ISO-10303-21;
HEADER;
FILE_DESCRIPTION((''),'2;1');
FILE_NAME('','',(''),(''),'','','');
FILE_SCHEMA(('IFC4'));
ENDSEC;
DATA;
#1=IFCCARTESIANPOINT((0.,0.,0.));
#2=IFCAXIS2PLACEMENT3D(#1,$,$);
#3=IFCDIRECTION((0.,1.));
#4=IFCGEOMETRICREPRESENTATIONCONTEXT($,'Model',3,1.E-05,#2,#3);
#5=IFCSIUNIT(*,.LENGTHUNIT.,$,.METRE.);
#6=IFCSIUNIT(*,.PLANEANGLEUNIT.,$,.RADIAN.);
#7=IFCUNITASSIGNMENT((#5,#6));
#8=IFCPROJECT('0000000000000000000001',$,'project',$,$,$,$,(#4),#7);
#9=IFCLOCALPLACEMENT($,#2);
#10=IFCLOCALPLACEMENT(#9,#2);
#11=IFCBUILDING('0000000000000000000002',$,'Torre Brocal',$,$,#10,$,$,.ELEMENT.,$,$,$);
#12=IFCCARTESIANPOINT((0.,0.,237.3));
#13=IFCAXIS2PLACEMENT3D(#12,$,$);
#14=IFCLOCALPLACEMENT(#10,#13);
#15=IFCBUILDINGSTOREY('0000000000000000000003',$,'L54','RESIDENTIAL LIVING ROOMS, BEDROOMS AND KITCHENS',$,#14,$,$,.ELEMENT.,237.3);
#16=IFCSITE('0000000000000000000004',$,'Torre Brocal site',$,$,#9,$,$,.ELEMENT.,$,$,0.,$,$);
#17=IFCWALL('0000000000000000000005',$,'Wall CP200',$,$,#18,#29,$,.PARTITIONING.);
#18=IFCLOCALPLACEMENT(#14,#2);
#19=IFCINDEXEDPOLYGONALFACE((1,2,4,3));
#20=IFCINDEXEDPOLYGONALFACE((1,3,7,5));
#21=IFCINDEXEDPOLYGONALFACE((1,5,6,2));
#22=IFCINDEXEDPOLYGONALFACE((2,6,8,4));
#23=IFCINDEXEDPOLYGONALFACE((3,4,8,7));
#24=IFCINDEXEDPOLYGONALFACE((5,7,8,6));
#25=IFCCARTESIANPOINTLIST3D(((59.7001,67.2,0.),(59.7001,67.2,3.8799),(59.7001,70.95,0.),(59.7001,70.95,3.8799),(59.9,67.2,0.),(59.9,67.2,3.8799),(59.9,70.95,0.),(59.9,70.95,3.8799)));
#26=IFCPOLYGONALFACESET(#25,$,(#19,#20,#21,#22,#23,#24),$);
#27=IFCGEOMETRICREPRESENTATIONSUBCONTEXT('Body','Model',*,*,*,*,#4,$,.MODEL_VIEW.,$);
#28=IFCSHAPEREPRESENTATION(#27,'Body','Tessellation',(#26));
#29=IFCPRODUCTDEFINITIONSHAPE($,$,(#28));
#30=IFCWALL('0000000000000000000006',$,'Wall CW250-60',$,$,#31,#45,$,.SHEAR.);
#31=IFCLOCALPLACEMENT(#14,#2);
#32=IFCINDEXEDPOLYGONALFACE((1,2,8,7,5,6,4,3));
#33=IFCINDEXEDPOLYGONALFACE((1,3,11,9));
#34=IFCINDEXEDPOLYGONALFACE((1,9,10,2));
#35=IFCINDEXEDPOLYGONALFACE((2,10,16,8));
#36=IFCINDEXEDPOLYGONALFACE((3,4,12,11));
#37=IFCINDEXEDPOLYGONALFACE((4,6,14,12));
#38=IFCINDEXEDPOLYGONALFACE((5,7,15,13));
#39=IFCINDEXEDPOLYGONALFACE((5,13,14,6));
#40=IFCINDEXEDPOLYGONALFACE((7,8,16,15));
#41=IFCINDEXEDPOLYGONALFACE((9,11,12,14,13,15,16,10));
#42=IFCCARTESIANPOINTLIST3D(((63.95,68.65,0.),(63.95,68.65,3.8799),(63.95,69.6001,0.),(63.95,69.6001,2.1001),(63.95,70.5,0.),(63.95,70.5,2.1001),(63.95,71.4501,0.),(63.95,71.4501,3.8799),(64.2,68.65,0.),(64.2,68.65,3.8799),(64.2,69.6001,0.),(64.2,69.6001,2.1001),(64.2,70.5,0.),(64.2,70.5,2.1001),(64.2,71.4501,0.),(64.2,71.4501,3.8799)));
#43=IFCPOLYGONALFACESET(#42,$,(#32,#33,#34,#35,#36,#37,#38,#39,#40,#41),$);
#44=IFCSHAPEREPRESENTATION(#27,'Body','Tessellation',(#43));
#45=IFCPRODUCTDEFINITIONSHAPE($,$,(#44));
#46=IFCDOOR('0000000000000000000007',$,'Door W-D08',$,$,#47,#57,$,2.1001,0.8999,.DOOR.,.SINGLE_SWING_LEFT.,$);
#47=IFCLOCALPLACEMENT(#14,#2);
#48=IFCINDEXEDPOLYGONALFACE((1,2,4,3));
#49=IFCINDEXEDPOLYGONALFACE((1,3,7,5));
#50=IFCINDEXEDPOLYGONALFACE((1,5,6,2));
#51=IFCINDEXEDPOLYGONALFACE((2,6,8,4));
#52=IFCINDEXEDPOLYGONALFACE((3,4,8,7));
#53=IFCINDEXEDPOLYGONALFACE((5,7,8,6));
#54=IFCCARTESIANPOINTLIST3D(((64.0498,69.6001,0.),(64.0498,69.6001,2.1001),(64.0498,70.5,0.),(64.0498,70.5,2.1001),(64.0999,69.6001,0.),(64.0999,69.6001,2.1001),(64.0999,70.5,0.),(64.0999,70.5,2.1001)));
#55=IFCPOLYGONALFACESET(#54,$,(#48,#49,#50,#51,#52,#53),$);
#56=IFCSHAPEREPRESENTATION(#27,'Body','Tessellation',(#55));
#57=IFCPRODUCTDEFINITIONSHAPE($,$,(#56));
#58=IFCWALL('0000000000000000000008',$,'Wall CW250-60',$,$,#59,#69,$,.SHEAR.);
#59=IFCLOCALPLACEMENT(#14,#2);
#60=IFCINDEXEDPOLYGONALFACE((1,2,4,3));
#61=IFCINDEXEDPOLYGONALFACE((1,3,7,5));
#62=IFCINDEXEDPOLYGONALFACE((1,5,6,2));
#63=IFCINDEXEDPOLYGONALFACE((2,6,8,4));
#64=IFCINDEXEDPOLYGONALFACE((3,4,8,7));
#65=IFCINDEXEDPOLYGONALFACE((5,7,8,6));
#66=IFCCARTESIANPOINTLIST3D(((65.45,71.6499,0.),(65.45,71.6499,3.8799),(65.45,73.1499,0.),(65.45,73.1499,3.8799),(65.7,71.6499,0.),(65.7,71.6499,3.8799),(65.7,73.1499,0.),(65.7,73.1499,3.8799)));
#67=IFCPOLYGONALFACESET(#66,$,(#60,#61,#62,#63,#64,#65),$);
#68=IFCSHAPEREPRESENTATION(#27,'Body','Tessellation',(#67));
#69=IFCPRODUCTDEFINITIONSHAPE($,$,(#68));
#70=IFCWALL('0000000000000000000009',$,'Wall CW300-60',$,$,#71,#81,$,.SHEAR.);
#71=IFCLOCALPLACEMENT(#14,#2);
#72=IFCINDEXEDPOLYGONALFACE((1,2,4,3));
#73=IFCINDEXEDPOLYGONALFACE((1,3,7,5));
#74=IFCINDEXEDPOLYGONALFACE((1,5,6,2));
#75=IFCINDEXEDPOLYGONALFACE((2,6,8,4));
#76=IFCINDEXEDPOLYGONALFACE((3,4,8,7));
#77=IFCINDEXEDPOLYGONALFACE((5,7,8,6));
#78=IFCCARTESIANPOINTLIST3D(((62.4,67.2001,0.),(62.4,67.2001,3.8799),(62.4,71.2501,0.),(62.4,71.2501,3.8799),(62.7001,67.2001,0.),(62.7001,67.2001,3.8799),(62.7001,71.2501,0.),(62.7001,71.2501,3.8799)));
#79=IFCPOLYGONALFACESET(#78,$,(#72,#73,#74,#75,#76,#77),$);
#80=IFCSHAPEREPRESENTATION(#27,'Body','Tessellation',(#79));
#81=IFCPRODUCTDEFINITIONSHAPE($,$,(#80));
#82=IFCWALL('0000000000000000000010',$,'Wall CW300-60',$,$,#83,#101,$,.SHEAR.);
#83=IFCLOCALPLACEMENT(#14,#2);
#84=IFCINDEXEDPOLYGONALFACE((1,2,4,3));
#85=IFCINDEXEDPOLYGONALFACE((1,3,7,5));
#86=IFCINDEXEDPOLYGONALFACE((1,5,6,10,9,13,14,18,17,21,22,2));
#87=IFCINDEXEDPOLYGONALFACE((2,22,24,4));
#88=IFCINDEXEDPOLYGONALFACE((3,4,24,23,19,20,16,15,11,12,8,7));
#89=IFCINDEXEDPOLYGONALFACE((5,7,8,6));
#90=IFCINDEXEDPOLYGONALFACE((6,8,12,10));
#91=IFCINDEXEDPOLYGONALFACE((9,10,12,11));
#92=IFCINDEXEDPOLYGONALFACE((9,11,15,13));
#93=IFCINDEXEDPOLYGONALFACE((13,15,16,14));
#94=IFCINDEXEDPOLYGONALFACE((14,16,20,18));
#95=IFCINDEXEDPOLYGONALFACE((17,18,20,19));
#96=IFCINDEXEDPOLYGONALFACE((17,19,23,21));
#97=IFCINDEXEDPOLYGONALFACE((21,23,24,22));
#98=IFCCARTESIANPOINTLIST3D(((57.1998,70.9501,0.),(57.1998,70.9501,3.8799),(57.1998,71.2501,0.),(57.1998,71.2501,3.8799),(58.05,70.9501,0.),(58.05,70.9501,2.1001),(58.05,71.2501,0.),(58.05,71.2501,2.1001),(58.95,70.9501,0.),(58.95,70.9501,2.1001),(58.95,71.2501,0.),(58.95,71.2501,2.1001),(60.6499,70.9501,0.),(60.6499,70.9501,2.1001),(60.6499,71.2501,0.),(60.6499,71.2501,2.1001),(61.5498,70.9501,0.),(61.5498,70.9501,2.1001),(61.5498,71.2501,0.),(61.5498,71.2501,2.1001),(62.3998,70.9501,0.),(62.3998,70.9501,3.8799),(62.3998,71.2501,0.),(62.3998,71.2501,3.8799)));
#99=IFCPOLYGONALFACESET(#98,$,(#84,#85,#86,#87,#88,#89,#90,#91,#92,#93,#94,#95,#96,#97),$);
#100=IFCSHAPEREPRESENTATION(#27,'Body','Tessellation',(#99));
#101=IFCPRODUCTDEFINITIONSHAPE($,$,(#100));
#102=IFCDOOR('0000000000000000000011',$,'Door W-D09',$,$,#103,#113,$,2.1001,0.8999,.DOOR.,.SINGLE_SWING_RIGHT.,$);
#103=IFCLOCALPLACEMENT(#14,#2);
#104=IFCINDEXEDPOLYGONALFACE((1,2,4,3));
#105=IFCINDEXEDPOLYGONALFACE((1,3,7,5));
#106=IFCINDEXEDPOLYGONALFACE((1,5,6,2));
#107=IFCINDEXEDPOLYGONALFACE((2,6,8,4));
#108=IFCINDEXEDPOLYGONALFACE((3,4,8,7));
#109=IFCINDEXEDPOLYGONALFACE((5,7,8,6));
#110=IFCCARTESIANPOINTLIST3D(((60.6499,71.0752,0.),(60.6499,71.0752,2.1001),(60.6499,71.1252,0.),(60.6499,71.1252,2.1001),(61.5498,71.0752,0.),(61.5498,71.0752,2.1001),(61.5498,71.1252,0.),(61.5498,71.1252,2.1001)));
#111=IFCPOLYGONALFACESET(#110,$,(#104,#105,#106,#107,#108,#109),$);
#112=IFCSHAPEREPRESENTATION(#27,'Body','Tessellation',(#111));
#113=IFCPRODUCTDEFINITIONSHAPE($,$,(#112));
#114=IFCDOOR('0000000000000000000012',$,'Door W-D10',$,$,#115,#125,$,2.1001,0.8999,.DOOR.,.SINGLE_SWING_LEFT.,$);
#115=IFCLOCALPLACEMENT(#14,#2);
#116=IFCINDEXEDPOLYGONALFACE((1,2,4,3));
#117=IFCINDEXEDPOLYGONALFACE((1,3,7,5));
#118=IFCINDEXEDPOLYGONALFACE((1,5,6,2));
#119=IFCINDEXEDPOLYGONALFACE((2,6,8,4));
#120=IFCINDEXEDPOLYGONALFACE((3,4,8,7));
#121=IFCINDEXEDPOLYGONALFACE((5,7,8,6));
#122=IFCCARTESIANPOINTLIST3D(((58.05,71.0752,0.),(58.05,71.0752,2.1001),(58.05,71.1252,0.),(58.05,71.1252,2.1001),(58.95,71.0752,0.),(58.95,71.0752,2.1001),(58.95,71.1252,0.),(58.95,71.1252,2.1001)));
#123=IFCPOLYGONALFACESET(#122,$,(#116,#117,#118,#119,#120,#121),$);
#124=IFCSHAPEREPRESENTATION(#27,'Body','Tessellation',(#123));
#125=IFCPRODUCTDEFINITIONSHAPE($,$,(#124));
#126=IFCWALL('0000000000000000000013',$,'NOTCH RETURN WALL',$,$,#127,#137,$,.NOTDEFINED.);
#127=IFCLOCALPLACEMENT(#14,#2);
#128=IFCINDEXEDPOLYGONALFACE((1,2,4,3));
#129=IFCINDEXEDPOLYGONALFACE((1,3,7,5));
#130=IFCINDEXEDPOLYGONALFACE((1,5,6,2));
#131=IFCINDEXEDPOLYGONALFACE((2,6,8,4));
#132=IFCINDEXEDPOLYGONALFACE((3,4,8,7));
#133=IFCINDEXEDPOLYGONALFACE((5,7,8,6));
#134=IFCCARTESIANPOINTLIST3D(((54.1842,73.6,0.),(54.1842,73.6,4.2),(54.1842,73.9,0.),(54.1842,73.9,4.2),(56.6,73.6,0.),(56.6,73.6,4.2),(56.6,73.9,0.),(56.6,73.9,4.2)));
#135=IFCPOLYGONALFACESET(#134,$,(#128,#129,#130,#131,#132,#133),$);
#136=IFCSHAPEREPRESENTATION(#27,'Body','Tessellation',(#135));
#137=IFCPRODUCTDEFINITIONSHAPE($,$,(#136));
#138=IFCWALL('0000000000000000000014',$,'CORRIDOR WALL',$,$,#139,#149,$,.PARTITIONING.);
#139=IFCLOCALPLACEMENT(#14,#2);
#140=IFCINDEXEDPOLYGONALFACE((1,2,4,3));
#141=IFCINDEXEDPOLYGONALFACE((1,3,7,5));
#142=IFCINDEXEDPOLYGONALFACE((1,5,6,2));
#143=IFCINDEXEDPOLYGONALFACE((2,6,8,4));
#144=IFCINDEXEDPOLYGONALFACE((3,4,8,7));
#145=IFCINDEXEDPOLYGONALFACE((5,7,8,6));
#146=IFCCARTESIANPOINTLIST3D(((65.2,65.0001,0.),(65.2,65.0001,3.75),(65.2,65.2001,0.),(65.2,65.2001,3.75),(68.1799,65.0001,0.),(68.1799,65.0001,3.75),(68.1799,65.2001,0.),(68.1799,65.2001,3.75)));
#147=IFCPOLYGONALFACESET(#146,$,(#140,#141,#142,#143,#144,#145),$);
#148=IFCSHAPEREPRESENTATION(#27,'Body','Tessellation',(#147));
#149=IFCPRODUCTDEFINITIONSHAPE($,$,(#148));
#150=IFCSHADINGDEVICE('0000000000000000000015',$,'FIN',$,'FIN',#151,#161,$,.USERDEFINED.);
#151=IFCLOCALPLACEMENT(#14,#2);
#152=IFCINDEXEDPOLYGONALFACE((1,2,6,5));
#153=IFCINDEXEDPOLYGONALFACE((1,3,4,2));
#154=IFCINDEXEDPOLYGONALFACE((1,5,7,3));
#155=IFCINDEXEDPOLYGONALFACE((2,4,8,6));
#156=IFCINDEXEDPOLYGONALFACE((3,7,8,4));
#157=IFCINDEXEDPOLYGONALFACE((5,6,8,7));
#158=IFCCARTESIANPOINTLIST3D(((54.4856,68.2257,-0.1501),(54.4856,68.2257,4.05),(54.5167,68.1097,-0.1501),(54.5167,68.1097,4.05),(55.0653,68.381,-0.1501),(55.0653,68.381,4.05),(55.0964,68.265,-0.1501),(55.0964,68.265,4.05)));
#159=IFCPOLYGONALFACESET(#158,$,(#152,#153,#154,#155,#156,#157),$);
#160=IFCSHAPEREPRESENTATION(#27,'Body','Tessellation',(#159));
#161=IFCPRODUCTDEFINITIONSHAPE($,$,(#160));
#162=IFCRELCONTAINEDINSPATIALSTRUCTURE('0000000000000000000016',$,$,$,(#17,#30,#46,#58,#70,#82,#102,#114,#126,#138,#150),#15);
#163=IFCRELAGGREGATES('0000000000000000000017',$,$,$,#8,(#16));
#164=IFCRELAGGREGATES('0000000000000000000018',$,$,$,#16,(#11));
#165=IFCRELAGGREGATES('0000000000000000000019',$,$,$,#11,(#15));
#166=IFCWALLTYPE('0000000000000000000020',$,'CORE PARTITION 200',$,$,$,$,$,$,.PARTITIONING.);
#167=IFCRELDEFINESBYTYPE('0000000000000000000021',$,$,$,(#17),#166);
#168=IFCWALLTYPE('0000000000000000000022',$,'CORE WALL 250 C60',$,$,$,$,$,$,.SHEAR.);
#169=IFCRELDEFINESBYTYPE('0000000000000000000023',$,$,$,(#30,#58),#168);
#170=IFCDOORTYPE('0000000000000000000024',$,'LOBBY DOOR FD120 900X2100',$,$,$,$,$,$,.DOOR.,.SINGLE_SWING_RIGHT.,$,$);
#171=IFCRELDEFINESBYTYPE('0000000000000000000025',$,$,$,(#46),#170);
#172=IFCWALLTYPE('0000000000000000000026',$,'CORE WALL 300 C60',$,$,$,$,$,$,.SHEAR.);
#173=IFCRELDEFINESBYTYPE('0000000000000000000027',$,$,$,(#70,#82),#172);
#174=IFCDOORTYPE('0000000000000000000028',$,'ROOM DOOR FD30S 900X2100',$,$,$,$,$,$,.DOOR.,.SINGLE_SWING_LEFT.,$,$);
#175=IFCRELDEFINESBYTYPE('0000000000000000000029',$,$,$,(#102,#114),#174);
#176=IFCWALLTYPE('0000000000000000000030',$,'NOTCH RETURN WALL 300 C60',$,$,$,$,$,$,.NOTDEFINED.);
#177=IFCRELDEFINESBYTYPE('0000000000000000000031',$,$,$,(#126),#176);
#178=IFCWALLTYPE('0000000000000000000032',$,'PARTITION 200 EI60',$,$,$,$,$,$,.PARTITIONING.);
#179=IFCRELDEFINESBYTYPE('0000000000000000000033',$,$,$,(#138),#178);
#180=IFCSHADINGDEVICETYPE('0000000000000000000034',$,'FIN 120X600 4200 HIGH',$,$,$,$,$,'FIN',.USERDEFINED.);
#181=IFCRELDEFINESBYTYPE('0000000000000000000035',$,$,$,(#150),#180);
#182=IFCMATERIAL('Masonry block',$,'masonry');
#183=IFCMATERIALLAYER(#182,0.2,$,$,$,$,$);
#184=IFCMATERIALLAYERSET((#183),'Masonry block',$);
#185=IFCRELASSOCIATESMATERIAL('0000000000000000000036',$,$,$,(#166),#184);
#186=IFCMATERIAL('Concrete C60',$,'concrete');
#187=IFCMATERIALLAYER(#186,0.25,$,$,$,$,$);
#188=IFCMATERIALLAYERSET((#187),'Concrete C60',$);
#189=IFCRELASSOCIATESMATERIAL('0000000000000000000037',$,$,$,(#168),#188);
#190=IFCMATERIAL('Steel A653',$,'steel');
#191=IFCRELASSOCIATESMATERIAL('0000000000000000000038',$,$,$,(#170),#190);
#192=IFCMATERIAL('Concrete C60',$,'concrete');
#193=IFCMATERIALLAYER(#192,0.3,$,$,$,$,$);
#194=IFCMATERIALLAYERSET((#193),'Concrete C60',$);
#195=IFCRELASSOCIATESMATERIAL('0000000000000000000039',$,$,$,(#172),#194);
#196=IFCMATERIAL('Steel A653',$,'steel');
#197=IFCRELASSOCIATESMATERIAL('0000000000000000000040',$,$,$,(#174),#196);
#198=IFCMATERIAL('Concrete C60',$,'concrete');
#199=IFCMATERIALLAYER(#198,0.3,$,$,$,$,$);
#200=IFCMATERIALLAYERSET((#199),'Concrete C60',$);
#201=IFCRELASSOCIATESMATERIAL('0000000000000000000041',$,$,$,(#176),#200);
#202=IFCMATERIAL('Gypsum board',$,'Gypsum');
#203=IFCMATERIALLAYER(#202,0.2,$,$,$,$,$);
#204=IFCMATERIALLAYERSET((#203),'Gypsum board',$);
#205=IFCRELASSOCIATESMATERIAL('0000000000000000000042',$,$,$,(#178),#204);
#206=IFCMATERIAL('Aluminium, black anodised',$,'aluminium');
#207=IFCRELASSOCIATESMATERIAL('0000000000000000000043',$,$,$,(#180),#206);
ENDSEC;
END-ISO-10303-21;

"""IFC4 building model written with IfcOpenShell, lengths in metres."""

from ifc_helpers import new_model, si_unit, direction, frame, frame_2d, origin, origin_2d, place, context, subcontext, project, spatial, rectangle, extrude, material, layer, layer_set, material_profile, profile_set, type_object, element, fill, save


model = new_model("IFC4")

# Units and contexts
model_context = context("Model", 3, precision=1e-05, world=origin(), true_north=direction((0.0, 1.0)))
body_context = subcontext(model_context, "Body", "Model", "MODEL_VIEW")
ifc_project = project(units=[si_unit("LENGTHUNIT", "METRE"), si_unit("PLANEANGLEUNIT", "RADIAN")], contexts=[model_context])

# Site, building, storey
site_placement = place(None, origin())
site = spatial("IfcSite", under=ifc_project, at=site_placement, Name="Torre Brocal site", CompositionType="ELEMENT", RefElevation=0.0)
building_placement = place(site_placement, origin())
building = spatial("IfcBuilding", under=site, at=building_placement, Name="Torre Brocal", CompositionType="ELEMENT")
storey_placement = place(building_placement, frame((0.0, 0.0, 237.3)))
storey = spatial("IfcBuildingStorey", under=building, at=storey_placement, Name="L54", Description="RESIDENTIAL LIVING ROOMS, BEDROOMS AND KITCHENS", CompositionType="ELEMENT", Elevation=237.3)

# Wall
ifc_material_1 = material(Name="Masonry block", Category="masonry")
ifc_layer_1 = layer(ifc_material_1, 0.2)
ifc_layer_set_1 = layer_set([ifc_layer_1], Name="Masonry block")
wall_type_1 = type_object("IfcWallType", Name="CORE PARTITION 200", PredefinedType="PARTITIONING", material=ifc_layer_set_1)
wall_1_placement = place(storey_placement, frame((59.8, 70.95, 0.0), z_axis=(0.0, 0.0, 1.0), x_axis=(0.0, -1.0, 0.0)))
element("IfcWall", 1, at=wall_1_placement, inside=storey, type_object=wall_type_1, Name="Wall CP200", PredefinedType="PARTITIONING", context=body_context, shape_type="SweptSolid", body=[
    extrude(rectangle(XDim=3.75, YDim=0.2, at=frame_2d((1.875, 0.0))), origin(), (0.0, 0.0, 1.0), 3.8799),
])

# Wall, opening, door
ifc_material_2 = material(Name="Concrete C60", Category="concrete")
ifc_layer_2 = layer(ifc_material_2, 0.25)
ifc_layer_set_2 = layer_set([ifc_layer_2], Name="Concrete C60")
wall_type_2 = type_object("IfcWallType", Name="CORE WALL 250 C60", PredefinedType="SHEAR", material=ifc_layer_set_2)
wall_2_placement = place(storey_placement, frame((64.075, 71.45, 0.0), z_axis=(0.0, 0.0, 1.0), x_axis=(0.0, -1.0, 0.0)))
wall_2 = element("IfcWall", 2, at=wall_2_placement, inside=storey, type_object=wall_type_2, Name="Wall CW250-60", PredefinedType="SHEAR", context=body_context, shape_type="SweptSolid", body=[
    extrude(rectangle(XDim=2.8, YDim=0.25, at=frame_2d((1.3999, 0.0))), origin(), (0.0, 0.0, 1.0), 3.8799),
])
opening_1_placement = place(wall_2_placement, frame((0.95, 0.0, 0.0)))
opening_1 = element("IfcOpeningElement", 3, at=opening_1_placement, cuts=wall_2, PredefinedType="OPENING", context=body_context, shape_type="SweptSolid", body=[
    extrude(rectangle(XDim=0.8999, YDim=2.1001, at=frame_2d((0.45, 1.05))), frame((0.0, 0.135, 0.0), z_axis=(0.0, -1.0, 0.0), x_axis=(1.0, 0.0, 0.0)), (0.0, 0.0, 1.0), 0.27),
])
ifc_material_3 = material(Name="Steel A653", Category="steel")
door_type_1 = type_object("IfcDoorType", Name="LOBBY DOOR FD120 900X2100", OperationType="SINGLE_SWING_RIGHT", PredefinedType="DOOR", material=ifc_material_3)
door_1_placement = place(opening_1_placement, origin())
door_1 = element("IfcDoor", 4, at=door_1_placement, inside=storey, type_object=door_type_1, Name="Door W-D08", OperationType="SINGLE_SWING_LEFT", OverallHeight=2.1001, OverallWidth=0.8999, PredefinedType="DOOR", context=body_context, shape_type="SweptSolid", body=[
    extrude(rectangle(XDim=0.8999, YDim=2.1001, at=frame_2d((0.45, 1.05))), frame((0.0, 0.0249, 0.0), z_axis=(0.0, -1.0, 0.0), x_axis=(1.0, 0.0, 0.0)), (0.0, 0.0, 1.0), 0.05),
])
fill(opening_1, door_1)

# Walls
wall_3_placement = place(storey_placement, frame((65.575, 73.1499, 0.0), z_axis=(0.0, 0.0, 1.0), x_axis=(0.0, -1.0, 0.0)))
element("IfcWall", 5, at=wall_3_placement, inside=storey, type_object=wall_type_2, Name="Wall CW250-60", PredefinedType="SHEAR", context=body_context, shape_type="SweptSolid", body=[
    extrude(rectangle(XDim=1.5, YDim=0.25, at=frame_2d((0.75, 0.0))), origin(), (0.0, 0.0, 1.0), 3.8799),
])
ifc_material_4 = material(Name="Concrete C60", Category="concrete")
ifc_layer_3 = layer(ifc_material_4, 0.3)
ifc_layer_set_3 = layer_set([ifc_layer_3], Name="Concrete C60")
wall_type_3 = type_object("IfcWallType", Name="CORE WALL 300 C60", PredefinedType="SHEAR", material=ifc_layer_set_3)
wall_4_placement = place(storey_placement, frame((62.55, 71.25, 0.0), z_axis=(0.0, 0.0, 1.0), x_axis=(0.0, -1.0, 0.0)))
element("IfcWall", 6, at=wall_4_placement, inside=storey, type_object=wall_type_3, Name="Wall CW300-60", PredefinedType="SHEAR", context=body_context, shape_type="SweptSolid", body=[
    extrude(rectangle(XDim=4.05, YDim=0.3, at=frame_2d((2.0249, 0.0))), origin(), (0.0, 0.0, 1.0), 3.8799),
])

# Wall, openings, doors
wall_5_placement = place(storey_placement, frame((62.3999, 71.1001, 0.0), z_axis=(0.0, 0.0, 1.0), x_axis=(-1.0, 0.0, 0.0)))
wall_5 = element("IfcWall", 7, at=wall_5_placement, inside=storey, type_object=wall_type_3, Name="Wall CW300-60", PredefinedType="SHEAR", context=body_context, shape_type="SweptSolid", body=[
    extrude(rectangle(XDim=5.2, YDim=0.3, at=frame_2d((2.6001, 0.0))), origin(), (0.0, 0.0, 1.0), 3.8799),
])
opening_2_placement = place(wall_5_placement, frame((0.8501, 0.0, 0.0)))
opening_2 = element("IfcOpeningElement", 8, at=opening_2_placement, cuts=wall_5, PredefinedType="OPENING", context=body_context, shape_type="SweptSolid", body=[
    extrude(rectangle(XDim=0.8999, YDim=2.1001, at=frame_2d((0.45, 1.05))), frame((0.0, 0.1599, 0.0), z_axis=(0.0, -1.0, 0.0), x_axis=(1.0, 0.0, 0.0)), (0.0, 0.0, 1.0), 0.3201),
])
opening_3_placement = place(wall_5_placement, frame((3.45, 0.0, 0.0)))
opening_3 = element("IfcOpeningElement", 9, at=opening_3_placement, cuts=wall_5, PredefinedType="OPENING", context=body_context, shape_type="SweptSolid", body=[
    extrude(rectangle(XDim=0.8999, YDim=2.1001, at=frame_2d((0.45, 1.05))), frame((0.0, 0.1599, 0.0), z_axis=(0.0, -1.0, 0.0), x_axis=(1.0, 0.0, 0.0)), (0.0, 0.0, 1.0), 0.3201),
])
ifc_material_5 = material(Name="Steel A653", Category="steel")
door_type_2 = type_object("IfcDoorType", Name="ROOM DOOR FD30S 900X2100", OperationType="SINGLE_SWING_LEFT", PredefinedType="DOOR", material=ifc_material_5)
door_2_placement = place(opening_2_placement, origin())
door_2 = element("IfcDoor", 10, at=door_2_placement, inside=storey, type_object=door_type_2, Name="Door W-D09", OperationType="SINGLE_SWING_RIGHT", OverallHeight=2.1001, OverallWidth=0.8999, PredefinedType="DOOR", context=body_context, shape_type="SweptSolid", body=[
    extrude(rectangle(XDim=0.8999, YDim=2.1001, at=frame_2d((0.45, 1.05))), frame((0.0, 0.0249, 0.0), z_axis=(0.0, -1.0, 0.0), x_axis=(1.0, 0.0, 0.0)), (0.0, 0.0, 1.0), 0.05),
])
fill(opening_2, door_2)
door_3_placement = place(opening_3_placement, origin())
door_3 = element("IfcDoor", 11, at=door_3_placement, inside=storey, type_object=door_type_2, Name="Door W-D10", OperationType="SINGLE_SWING_LEFT", OverallHeight=2.1001, OverallWidth=0.8999, PredefinedType="DOOR", context=body_context, shape_type="SweptSolid", body=[
    extrude(rectangle(XDim=0.8999, YDim=2.1001, at=frame_2d((0.45, 1.05))), frame((0.0, 0.0249, 0.0), z_axis=(0.0, -1.0, 0.0), x_axis=(1.0, 0.0, 0.0)), (0.0, 0.0, 1.0), 0.05),
])
fill(opening_3, door_3)

# Walls
ifc_material_6 = material(Name="Concrete C60", Category="concrete")
ifc_layer_4 = layer(ifc_material_6, 0.3)
ifc_layer_set_4 = layer_set([ifc_layer_4], Name="Concrete C60")
wall_type_4 = type_object("IfcWallType", Name="NOTCH RETURN WALL 300 C60", PredefinedType="NOTDEFINED", material=ifc_layer_set_4)
wall_6_placement = place(storey_placement, frame((56.6001, 73.75, 0.0), z_axis=(0.0, 0.0, 1.0), x_axis=(-1.0, 0.0, 0.0)))
element("IfcWall", 12, at=wall_6_placement, inside=storey, type_object=wall_type_4, Name="NOTCH RETURN WALL", PredefinedType="NOTDEFINED", context=body_context, shape_type="SweptSolid", body=[
    extrude(rectangle(XDim=2.4158, YDim=0.3, at=frame_2d((1.208, 0.0))), origin(), (0.0, 0.0, 1.0), 4.2),
])
ifc_material_7 = material(Name="Gypsum board", Category="Gypsum")
ifc_layer_5 = layer(ifc_material_7, 0.2)
ifc_layer_set_5 = layer_set([ifc_layer_5], Name="Gypsum board")
wall_type_5 = type_object("IfcWallType", Name="PARTITION 200 EI60", PredefinedType="PARTITIONING", material=ifc_layer_set_5)
wall_7_placement = place(storey_placement, frame((65.2, 65.1001, 0.0), z_axis=(0.0, 0.0, 1.0), x_axis=(1.0, 0.0, 0.0)))
element("IfcWall", 13, at=wall_7_placement, inside=storey, type_object=wall_type_5, Name="CORRIDOR WALL", PredefinedType="PARTITIONING", context=body_context, shape_type="SweptSolid", body=[
    extrude(rectangle(XDim=2.98, YDim=0.2, at=frame_2d((1.49, 0.0))), origin(), (0.0, 0.0, 1.0), 3.75),
])

# Shading device
ifc_material_8 = material(Name="Aluminium, black anodised", Category="aluminium")
ifc_material_profile_1 = material_profile(ifc_material_8, rectangle(XDim=0.1201, YDim=0.6001, at=origin_2d()), Name="FIN 120X600 4200 HIGH")
ifc_profile_set_1 = profile_set([ifc_material_profile_1], Name="Aluminium, black anodised")
shading_device_type = type_object("IfcShadingDeviceType", Name="FIN 120X600 4200 HIGH", ElementType="FIN", PredefinedType="USERDEFINED", material=ifc_profile_set_1)
shading_device_placement = place(storey_placement, frame((54.791, 68.2454, -0.1501), z_axis=(0.0, 0.0, 1.0), x_axis=(0.258819, -0.965926, 0.0)))
element("IfcShadingDevice", 14, at=shading_device_placement, inside=storey, type_object=shading_device_type, Name="FIN", ObjectType="FIN", PredefinedType="USERDEFINED", context=body_context, shape_type="SweptSolid", body=[
    extrude(rectangle(XDim=0.1201, YDim=0.6001, at=origin_2d()), origin(), (0.0, 0.0, 1.0), 4.2002),
])

save(model, "model.ifc")
